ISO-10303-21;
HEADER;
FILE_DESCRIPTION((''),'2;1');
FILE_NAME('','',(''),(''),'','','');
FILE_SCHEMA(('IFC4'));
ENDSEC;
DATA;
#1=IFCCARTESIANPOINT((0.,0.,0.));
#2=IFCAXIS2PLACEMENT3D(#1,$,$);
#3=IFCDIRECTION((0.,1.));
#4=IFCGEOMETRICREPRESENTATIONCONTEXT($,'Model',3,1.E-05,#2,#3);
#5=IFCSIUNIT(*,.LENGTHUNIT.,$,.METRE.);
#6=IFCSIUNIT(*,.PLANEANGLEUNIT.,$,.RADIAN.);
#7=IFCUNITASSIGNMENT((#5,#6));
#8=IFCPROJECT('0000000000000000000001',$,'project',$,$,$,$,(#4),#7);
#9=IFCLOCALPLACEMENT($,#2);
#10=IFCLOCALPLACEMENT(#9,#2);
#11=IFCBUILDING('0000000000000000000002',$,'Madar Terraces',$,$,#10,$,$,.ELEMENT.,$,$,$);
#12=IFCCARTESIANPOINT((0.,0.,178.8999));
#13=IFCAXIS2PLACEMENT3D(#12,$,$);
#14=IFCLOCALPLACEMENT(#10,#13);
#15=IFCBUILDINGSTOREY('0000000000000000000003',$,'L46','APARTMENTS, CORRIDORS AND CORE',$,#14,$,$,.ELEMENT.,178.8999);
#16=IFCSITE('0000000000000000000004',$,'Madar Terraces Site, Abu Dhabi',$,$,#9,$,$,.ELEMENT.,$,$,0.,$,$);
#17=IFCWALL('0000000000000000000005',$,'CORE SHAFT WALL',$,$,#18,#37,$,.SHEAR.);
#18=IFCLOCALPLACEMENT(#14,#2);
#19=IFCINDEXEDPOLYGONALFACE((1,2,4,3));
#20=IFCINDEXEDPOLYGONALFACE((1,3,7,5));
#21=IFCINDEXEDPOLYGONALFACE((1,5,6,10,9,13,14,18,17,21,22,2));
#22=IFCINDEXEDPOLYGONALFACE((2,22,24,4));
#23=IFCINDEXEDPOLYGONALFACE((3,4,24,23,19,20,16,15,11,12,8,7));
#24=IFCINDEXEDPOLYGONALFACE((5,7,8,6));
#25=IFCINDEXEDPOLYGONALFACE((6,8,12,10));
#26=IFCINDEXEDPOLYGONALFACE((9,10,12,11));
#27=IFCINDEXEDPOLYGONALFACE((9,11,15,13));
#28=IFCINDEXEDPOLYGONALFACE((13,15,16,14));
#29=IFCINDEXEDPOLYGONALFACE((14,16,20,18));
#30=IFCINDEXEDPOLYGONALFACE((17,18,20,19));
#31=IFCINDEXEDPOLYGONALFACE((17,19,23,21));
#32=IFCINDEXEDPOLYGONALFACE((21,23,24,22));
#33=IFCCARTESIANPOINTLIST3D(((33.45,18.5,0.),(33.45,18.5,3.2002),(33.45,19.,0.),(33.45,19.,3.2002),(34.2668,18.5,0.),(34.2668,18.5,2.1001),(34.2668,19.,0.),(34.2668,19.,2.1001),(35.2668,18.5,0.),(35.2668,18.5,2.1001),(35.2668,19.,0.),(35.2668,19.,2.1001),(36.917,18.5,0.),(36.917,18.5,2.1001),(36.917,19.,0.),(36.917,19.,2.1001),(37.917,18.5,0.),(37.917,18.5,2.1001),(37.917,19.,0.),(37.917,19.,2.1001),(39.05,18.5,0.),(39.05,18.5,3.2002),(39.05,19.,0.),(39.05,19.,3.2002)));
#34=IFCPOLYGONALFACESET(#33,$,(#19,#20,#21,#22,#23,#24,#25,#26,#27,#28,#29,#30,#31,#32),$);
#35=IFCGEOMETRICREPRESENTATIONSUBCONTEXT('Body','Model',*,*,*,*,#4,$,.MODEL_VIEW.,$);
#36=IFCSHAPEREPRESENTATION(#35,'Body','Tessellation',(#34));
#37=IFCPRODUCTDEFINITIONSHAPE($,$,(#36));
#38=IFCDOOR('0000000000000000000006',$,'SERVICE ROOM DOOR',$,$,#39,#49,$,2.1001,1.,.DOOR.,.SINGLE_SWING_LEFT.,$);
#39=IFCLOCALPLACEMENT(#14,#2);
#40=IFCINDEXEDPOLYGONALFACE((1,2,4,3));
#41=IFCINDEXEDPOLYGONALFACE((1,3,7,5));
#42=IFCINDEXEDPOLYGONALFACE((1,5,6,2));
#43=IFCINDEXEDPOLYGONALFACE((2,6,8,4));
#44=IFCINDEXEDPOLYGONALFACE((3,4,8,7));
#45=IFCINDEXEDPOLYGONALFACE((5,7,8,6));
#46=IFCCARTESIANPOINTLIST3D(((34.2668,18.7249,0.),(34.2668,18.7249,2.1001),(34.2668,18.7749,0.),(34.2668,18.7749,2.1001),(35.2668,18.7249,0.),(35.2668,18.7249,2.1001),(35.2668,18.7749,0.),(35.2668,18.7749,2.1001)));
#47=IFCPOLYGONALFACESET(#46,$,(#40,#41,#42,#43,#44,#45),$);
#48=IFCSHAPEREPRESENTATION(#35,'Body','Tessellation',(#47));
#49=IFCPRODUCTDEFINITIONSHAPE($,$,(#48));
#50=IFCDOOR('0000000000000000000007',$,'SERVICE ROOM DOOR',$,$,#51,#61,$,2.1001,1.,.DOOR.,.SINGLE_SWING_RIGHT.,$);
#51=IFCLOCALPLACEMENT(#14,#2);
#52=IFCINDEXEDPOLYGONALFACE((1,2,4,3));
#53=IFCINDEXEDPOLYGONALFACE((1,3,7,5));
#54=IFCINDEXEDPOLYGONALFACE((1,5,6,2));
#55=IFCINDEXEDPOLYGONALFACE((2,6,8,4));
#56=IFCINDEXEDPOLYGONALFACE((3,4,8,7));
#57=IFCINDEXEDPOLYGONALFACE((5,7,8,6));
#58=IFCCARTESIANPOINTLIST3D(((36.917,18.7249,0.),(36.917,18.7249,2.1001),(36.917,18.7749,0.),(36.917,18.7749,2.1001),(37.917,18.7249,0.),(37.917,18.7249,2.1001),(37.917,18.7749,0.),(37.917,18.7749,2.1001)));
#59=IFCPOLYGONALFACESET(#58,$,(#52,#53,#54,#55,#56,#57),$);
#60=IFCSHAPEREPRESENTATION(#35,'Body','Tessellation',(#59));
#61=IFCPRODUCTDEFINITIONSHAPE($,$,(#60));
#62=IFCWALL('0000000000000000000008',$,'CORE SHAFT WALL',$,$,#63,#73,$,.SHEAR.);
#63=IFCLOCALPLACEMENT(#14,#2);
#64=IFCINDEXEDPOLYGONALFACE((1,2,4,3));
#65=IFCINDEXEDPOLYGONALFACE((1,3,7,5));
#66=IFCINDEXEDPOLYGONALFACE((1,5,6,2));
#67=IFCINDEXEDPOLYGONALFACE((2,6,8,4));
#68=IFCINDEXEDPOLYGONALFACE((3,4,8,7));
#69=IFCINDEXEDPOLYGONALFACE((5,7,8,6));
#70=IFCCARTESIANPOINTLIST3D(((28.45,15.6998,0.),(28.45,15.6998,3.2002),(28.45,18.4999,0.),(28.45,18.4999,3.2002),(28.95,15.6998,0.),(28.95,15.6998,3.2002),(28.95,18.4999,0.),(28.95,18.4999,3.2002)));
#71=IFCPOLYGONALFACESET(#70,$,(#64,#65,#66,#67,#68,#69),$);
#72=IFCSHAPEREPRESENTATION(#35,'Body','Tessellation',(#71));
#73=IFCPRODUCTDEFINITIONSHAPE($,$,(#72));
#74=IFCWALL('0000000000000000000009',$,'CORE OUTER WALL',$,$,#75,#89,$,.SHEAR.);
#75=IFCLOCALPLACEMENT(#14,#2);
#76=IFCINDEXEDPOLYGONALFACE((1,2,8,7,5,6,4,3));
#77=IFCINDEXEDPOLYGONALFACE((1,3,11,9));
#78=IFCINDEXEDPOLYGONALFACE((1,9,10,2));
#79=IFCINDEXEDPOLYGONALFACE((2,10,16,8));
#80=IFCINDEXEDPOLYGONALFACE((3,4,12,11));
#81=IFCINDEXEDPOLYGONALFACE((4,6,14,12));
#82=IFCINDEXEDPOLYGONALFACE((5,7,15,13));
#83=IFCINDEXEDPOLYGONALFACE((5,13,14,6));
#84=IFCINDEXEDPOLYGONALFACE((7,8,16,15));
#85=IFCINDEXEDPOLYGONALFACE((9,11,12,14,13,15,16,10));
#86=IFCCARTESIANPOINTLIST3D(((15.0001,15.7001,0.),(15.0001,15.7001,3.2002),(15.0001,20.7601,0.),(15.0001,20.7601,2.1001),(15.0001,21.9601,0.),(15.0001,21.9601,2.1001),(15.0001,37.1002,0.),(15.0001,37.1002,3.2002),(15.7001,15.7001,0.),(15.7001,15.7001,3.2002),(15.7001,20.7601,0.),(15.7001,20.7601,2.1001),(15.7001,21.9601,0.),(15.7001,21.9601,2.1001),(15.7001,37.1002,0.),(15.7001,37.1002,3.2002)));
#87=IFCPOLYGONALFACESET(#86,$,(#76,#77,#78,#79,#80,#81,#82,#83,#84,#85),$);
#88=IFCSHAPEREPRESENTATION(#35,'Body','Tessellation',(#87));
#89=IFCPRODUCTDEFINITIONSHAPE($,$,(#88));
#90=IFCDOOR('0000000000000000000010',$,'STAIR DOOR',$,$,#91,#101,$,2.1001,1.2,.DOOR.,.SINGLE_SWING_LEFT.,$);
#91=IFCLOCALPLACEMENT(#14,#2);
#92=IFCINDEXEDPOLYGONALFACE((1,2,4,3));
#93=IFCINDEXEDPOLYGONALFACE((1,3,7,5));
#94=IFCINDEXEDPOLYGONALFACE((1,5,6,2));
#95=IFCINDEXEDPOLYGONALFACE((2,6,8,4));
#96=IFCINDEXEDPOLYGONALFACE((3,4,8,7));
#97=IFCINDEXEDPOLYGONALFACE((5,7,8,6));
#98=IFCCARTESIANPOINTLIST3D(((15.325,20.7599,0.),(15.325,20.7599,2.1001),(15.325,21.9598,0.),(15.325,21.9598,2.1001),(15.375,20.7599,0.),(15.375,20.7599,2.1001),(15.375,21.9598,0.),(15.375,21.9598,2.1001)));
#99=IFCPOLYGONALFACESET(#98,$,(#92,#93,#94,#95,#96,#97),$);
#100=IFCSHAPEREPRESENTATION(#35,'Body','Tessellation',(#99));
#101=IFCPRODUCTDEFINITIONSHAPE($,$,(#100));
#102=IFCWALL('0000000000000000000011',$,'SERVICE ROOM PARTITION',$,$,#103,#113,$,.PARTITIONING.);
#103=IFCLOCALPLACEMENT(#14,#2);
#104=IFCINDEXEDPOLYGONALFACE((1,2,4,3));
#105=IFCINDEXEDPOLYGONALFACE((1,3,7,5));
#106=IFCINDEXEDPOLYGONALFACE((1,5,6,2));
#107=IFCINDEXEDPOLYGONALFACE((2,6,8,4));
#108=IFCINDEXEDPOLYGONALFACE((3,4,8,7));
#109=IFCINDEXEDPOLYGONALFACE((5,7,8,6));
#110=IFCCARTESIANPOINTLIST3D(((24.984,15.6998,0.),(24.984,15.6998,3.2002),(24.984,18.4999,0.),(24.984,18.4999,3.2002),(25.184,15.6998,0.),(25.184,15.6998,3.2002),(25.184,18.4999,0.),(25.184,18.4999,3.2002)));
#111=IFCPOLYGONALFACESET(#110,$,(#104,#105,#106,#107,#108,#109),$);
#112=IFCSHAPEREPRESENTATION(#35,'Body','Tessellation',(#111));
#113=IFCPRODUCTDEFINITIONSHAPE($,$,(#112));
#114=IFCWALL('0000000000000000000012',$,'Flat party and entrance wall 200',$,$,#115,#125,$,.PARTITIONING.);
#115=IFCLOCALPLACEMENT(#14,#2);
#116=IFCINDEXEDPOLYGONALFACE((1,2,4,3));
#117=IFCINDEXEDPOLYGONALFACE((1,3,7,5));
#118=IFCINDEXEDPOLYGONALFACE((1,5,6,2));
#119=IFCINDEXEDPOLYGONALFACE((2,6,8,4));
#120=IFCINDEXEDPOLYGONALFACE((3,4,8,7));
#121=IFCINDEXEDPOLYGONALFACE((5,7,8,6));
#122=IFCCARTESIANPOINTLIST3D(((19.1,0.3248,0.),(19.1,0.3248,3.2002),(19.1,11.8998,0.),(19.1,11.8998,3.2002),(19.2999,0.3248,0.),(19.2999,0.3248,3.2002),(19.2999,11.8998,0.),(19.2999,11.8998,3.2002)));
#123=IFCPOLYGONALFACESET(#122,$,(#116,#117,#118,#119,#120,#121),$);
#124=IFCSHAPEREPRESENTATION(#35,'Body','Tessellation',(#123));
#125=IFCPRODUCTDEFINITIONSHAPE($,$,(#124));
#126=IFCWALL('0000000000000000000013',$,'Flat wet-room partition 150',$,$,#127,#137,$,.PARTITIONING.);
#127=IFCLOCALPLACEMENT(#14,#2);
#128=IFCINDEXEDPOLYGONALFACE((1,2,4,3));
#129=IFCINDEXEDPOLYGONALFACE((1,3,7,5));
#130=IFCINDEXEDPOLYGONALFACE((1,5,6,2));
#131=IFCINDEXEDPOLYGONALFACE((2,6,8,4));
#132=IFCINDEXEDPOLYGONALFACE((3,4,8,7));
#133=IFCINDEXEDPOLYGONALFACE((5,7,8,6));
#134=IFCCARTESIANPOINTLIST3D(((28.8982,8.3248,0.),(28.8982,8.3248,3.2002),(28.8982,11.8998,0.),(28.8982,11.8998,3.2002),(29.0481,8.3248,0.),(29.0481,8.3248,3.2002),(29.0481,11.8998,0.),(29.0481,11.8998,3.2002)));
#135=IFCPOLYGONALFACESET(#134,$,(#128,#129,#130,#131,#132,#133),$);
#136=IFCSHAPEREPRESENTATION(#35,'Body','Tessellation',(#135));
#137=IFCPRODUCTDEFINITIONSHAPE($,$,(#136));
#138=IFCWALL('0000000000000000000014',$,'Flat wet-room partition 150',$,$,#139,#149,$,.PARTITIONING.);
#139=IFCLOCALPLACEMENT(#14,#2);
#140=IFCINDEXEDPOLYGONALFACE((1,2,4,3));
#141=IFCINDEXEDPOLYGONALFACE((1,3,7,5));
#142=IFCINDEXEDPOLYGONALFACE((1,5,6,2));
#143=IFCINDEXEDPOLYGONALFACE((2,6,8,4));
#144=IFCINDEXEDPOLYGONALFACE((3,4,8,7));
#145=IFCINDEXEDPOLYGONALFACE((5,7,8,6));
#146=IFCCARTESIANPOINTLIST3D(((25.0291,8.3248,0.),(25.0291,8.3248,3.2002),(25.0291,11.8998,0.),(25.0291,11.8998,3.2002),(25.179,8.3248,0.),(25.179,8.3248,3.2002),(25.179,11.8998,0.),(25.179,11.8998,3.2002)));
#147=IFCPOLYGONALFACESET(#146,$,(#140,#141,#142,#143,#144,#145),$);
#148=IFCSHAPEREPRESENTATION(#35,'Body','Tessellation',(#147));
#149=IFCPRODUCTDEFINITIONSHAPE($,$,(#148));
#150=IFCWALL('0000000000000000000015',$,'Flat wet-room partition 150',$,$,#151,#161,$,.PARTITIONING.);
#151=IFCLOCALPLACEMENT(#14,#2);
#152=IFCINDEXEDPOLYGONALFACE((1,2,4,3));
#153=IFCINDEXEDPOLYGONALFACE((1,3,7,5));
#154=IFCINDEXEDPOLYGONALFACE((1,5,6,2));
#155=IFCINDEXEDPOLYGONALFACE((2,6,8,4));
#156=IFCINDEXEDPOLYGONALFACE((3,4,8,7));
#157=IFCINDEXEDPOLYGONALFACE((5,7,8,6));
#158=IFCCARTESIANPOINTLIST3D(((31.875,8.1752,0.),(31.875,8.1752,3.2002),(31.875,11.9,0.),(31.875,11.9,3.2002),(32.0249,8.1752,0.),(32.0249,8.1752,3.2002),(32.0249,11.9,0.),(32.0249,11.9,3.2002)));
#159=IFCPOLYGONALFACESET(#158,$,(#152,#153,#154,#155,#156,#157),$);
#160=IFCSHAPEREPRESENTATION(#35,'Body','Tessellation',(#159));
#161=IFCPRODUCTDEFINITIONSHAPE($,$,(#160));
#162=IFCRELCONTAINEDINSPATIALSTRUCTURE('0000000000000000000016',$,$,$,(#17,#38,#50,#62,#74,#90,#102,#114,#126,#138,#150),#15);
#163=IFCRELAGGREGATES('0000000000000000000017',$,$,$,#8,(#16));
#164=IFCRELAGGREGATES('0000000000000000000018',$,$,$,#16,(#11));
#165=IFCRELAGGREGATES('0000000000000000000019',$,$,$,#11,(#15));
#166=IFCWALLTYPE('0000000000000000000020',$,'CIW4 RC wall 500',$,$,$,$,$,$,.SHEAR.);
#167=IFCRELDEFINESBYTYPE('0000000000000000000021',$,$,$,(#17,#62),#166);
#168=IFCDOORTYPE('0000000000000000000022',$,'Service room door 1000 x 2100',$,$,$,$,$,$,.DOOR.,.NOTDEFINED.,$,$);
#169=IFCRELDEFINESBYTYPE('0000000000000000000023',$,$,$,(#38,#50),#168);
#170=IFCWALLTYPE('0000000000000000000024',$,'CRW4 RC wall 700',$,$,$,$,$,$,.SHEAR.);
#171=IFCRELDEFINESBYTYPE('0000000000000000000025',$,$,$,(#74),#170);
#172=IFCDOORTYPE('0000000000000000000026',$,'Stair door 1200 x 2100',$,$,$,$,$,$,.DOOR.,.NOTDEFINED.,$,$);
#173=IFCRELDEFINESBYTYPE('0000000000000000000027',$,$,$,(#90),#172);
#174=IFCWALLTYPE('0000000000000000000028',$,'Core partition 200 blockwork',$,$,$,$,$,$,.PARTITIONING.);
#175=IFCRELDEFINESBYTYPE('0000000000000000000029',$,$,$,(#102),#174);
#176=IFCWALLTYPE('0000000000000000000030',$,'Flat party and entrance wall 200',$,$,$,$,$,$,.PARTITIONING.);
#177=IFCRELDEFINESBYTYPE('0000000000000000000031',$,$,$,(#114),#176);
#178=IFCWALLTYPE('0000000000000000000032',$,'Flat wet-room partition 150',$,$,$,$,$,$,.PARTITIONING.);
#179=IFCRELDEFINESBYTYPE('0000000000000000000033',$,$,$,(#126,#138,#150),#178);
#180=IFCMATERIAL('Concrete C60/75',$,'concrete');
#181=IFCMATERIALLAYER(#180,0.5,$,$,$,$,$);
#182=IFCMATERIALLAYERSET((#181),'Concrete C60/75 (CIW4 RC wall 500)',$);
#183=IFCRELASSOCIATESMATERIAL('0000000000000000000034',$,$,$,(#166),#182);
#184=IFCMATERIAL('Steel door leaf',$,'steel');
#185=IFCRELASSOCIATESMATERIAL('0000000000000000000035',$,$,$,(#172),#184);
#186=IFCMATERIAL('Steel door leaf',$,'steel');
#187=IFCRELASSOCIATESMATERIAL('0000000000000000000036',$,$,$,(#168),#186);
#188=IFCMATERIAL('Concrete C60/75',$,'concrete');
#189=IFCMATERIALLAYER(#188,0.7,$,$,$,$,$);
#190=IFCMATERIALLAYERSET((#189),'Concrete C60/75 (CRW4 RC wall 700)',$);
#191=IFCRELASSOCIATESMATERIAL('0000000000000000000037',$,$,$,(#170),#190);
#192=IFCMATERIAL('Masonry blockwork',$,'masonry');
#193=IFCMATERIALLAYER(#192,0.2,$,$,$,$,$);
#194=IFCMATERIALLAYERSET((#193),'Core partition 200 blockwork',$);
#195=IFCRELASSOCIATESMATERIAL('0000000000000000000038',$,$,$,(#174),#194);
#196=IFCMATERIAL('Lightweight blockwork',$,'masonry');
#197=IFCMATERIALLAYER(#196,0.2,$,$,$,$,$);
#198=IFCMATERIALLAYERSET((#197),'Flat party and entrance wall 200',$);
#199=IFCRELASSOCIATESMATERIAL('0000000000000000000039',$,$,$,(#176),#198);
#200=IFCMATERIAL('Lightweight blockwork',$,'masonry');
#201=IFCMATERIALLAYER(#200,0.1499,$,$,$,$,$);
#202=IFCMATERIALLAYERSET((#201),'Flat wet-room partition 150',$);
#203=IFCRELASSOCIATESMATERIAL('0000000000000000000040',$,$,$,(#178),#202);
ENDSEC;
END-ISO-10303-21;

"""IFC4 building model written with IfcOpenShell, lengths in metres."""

from ifc_helpers import new_model, si_unit, direction, frame, frame_2d, origin, place, context, subcontext, project, spatial, rectangle, extrude, material, layer, layer_set, type_object, element, fill, save


model = new_model("IFC4")

# Units and contexts
model_context = context("Model", 3, precision=1e-05, world=origin(), true_north=direction((0.0, 1.0)))
body_context = subcontext(model_context, "Body", "Model", "MODEL_VIEW")
ifc_project = project(units=[si_unit("LENGTHUNIT", "METRE"), si_unit("PLANEANGLEUNIT", "RADIAN")], contexts=[model_context])

# Site, building, storey
site_placement = place(None, origin())
site = spatial("IfcSite", under=ifc_project, at=site_placement, Name="Madar Terraces Site, Abu Dhabi", CompositionType="ELEMENT", RefElevation=0.0)
building_placement = place(site_placement, origin())
building = spatial("IfcBuilding", under=site, at=building_placement, Name="Madar Terraces", CompositionType="ELEMENT")
storey_placement = place(building_placement, frame((0.0, 0.0, 178.8999)))
storey = spatial("IfcBuildingStorey", under=building, at=storey_placement, Name="L46", Description="APARTMENTS, CORRIDORS AND CORE", CompositionType="ELEMENT", Elevation=178.8999)

# Shared definitions
ifc_material_1 = material(Name="Concrete C60/75", Category="concrete")
ifc_layer_1 = layer(ifc_material_1, 0.5)
ifc_layer_set_1 = layer_set([ifc_layer_1], Name="Concrete C60/75 (CIW4 RC wall 500)")
wall_type_1 = type_object("IfcWallType", Name="CIW4 RC wall 500", PredefinedType="SHEAR", material=ifc_layer_set_1)
ifc_material_2 = material(Name="Steel door leaf", Category="steel")
door_type_1 = type_object("IfcDoorType", Name="Stair door 1200 x 2100", OperationType="NOTDEFINED", PredefinedType="DOOR", material=ifc_material_2)

# Wall, openings, doors
ifc_material_3 = material(Name="Steel door leaf", Category="steel")
door_type_2 = type_object("IfcDoorType", Name="Service room door 1000 x 2100", OperationType="NOTDEFINED", PredefinedType="DOOR", material=ifc_material_3)
wall_1_placement = place(storey_placement, frame((33.45, 18.75, 0.0), z_axis=(0.0, 0.0, 1.0), x_axis=(1.0, 0.0, 0.0)))
wall_1 = element("IfcWall", 1, at=wall_1_placement, inside=storey, type_object=wall_type_1, Name="CORE SHAFT WALL", PredefinedType="SHEAR", context=body_context, shape_type="SweptSolid", body=[
    extrude(rectangle(XDim=5.6001, YDim=0.5, at=frame_2d((2.8, 0.0))), origin(), (0.0, 0.0, 1.0), 3.2002),
])
opening_1_placement = place(wall_1_placement, frame((0.8169, 0.0, 0.0)))
opening_1 = element("IfcOpeningElement", 2, at=opening_1_placement, cuts=wall_1, PredefinedType="OPENING", context=body_context, shape_type="SweptSolid", body=[
    extrude(rectangle(XDim=1.0, YDim=2.1001, at=frame_2d((0.5, 1.05))), frame((0.0, 0.26, 0.0), z_axis=(0.0, -1.0, 0.0), x_axis=(1.0, 0.0, 0.0)), (0.0, 0.0, 1.0), 0.52),
])
opening_2_placement = place(wall_1_placement, frame((3.467, 0.0, 0.0)))
opening_2 = element("IfcOpeningElement", 3, at=opening_2_placement, cuts=wall_1, PredefinedType="OPENING", context=body_context, shape_type="SweptSolid", body=[
    extrude(rectangle(XDim=1.0, YDim=2.1001, at=frame_2d((0.5, 1.05))), frame((0.0, 0.26, 0.0), z_axis=(0.0, -1.0, 0.0), x_axis=(1.0, 0.0, 0.0)), (0.0, 0.0, 1.0), 0.52),
])
door_1_placement = place(opening_1_placement, origin())
door_1 = element("IfcDoor", 4, at=door_1_placement, inside=storey, type_object=door_type_2, Name="SERVICE ROOM DOOR", OperationType="SINGLE_SWING_LEFT", OverallHeight=2.1001, OverallWidth=1.0, PredefinedType="DOOR", context=body_context, shape_type="SweptSolid", body=[
    extrude(rectangle(XDim=1.0, YDim=2.1001, at=frame_2d((0.5, 1.05))), frame((0.0, 0.0249, 0.0), z_axis=(0.0, -1.0, 0.0), x_axis=(1.0, 0.0, 0.0)), (0.0, 0.0, 1.0), 0.05),
])
fill(opening_1, door_1)
door_2_placement = place(opening_2_placement, origin())
door_2 = element("IfcDoor", 5, at=door_2_placement, inside=storey, type_object=door_type_2, Name="SERVICE ROOM DOOR", OperationType="SINGLE_SWING_RIGHT", OverallHeight=2.1001, OverallWidth=1.0, PredefinedType="DOOR", context=body_context, shape_type="SweptSolid", body=[
    extrude(rectangle(XDim=1.0, YDim=2.1001, at=frame_2d((0.5, 1.05))), frame((0.0, 0.0249, 0.0), z_axis=(0.0, -1.0, 0.0), x_axis=(1.0, 0.0, 0.0)), (0.0, 0.0, 1.0), 0.05),
])
fill(opening_2, door_2)

# Wall
wall_2_placement = place(storey_placement, frame((28.7, 15.7, 0.0), z_axis=(0.0, 0.0, 1.0), x_axis=(0.0, 1.0, 0.0)))
element("IfcWall", 6, at=wall_2_placement, inside=storey, type_object=wall_type_1, Name="CORE SHAFT WALL", PredefinedType="SHEAR", context=body_context, shape_type="SweptSolid", body=[
    extrude(rectangle(XDim=2.8, YDim=0.5, at=frame_2d((1.3999, 0.0))), origin(), (0.0, 0.0, 1.0), 3.2002),
])

# Wall, opening, door
ifc_material_4 = material(Name="Concrete C60/75", Category="concrete")
ifc_layer_2 = layer(ifc_material_4, 0.7)
ifc_layer_set_2 = layer_set([ifc_layer_2], Name="Concrete C60/75 (CRW4 RC wall 700)")
wall_type_2 = type_object("IfcWallType", Name="CRW4 RC wall 700", PredefinedType="SHEAR", material=ifc_layer_set_2)
wall_3_placement = place(storey_placement, frame((15.3501, 15.7, 0.0), z_axis=(0.0, 0.0, 1.0), x_axis=(0.0, 1.0, 0.0)))
wall_3 = element("IfcWall", 7, at=wall_3_placement, inside=storey, type_object=wall_type_2, Name="CORE OUTER WALL", PredefinedType="SHEAR", context=body_context, shape_type="SweptSolid", body=[
    extrude(rectangle(XDim=21.4001, YDim=0.7, at=frame_2d((10.7002, 0.0))), origin(), (0.0, 0.0, 1.0), 3.2002),
])
opening_3_placement = place(wall_3_placement, frame((5.0601, 0.0, 0.0)))
opening_3 = element("IfcOpeningElement", 8, at=opening_3_placement, cuts=wall_3, PredefinedType="OPENING", context=body_context, shape_type="SweptSolid", body=[
    extrude(rectangle(XDim=1.2, YDim=2.1001, at=frame_2d((0.6001, 1.05))), frame((0.0, 0.3599, 0.0), z_axis=(0.0, -1.0, 0.0), x_axis=(1.0, 0.0, 0.0)), (0.0, 0.0, 1.0), 0.72),
])
door_3_placement = place(opening_3_placement, frame((1.2, 0.0, 0.0), z_axis=(0.0, 0.0, 1.0), x_axis=(-1.0, 0.0, 0.0)))
door_3 = element("IfcDoor", 9, at=door_3_placement, inside=storey, type_object=door_type_1, Name="STAIR DOOR", OperationType="SINGLE_SWING_LEFT", OverallHeight=2.1001, OverallWidth=1.2, PredefinedType="DOOR", context=body_context, shape_type="SweptSolid", body=[
    extrude(rectangle(XDim=1.2, YDim=2.1001, at=frame_2d((0.6001, 1.05))), frame((0.0, 0.0249, 0.0), z_axis=(0.0, -1.0, 0.0), x_axis=(1.0, 0.0, 0.0)), (0.0, 0.0, 1.0), 0.05),
])
fill(opening_3, door_3)

# Walls
ifc_material_5 = material(Name="Masonry blockwork", Category="masonry")
ifc_layer_3 = layer(ifc_material_5, 0.2)
ifc_layer_set_3 = layer_set([ifc_layer_3], Name="Core partition 200 blockwork")
wall_type_3 = type_object("IfcWallType", Name="Core partition 200 blockwork", PredefinedType="PARTITIONING", material=ifc_layer_set_3)
wall_4_placement = place(storey_placement, frame((25.084, 15.7, 0.0), z_axis=(0.0, 0.0, 1.0), x_axis=(0.0, 1.0, 0.0)))
element("IfcWall", 10, at=wall_4_placement, inside=storey, type_object=wall_type_3, Name="SERVICE ROOM PARTITION", PredefinedType="PARTITIONING", context=body_context, shape_type="SweptSolid", body=[
    extrude(rectangle(XDim=2.8, YDim=0.2, at=frame_2d((1.3999, 0.0))), origin(), (0.0, 0.0, 1.0), 3.2002),
])
ifc_material_6 = material(Name="Lightweight blockwork", Category="masonry")
ifc_layer_4 = layer(ifc_material_6, 0.2)
ifc_layer_set_4 = layer_set([ifc_layer_4], Name="Flat party and entrance wall 200")
wall_type_4 = type_object("IfcWallType", Name="Flat party and entrance wall 200", PredefinedType="PARTITIONING", material=ifc_layer_set_4)
wall_5_placement = place(storey_placement, frame((19.2, 11.8999, 0.0), z_axis=(0.0, 0.0, 1.0), x_axis=(0.0, -1.0, 0.0)))
element("IfcWall", 11, at=wall_5_placement, inside=storey, type_object=wall_type_4, Name="Flat party and entrance wall 200", PredefinedType="PARTITIONING", context=body_context, shape_type="SweptSolid", body=[
    extrude(rectangle(XDim=11.575, YDim=0.2, at=frame_2d((5.7876, 0.0))), origin(), (0.0, 0.0, 1.0), 3.2002),
])
ifc_material_7 = material(Name="Lightweight blockwork", Category="masonry")
ifc_layer_5 = layer(ifc_material_7, 0.1499)
ifc_layer_set_5 = layer_set([ifc_layer_5], Name="Flat wet-room partition 150")
wall_type_5 = type_object("IfcWallType", Name="Flat wet-room partition 150", PredefinedType="PARTITIONING", material=ifc_layer_set_5)
for number, where, z_axis, x_axis, name in (
    (12, (28.9731, 11.8999, 0.0), (0.0, 0.0, 1.0), (0.0, -1.0, 0.0), "Flat wet-room partition 150"),
    (13, (25.104, 11.8999, 0.0), (0.0, 0.0, 1.0), (0.0, -1.0, 0.0), "Flat wet-room partition 150"),
):
    element("IfcWall", number, at=place(storey_placement, frame(where, z_axis=z_axis, x_axis=x_axis)), inside=storey, type_object=wall_type_5, Name=name, PredefinedType="PARTITIONING", context=body_context, shape_type="SweptSolid", body=[
        extrude(rectangle(XDim=3.575, YDim=0.1499, at=frame_2d((1.7876, 0.0))), origin(), (0.0, 0.0, 1.0), 3.2002),
    ])
wall_6_placement = place(storey_placement, frame((31.95, 11.8999, 0.0), z_axis=(0.0, 0.0, 1.0), x_axis=(0.0, -1.0, 0.0)))
element("IfcWall", 14, at=wall_6_placement, inside=storey, type_object=wall_type_5, Name="Flat wet-room partition 150", PredefinedType="PARTITIONING", context=body_context, shape_type="SweptSolid", body=[
    extrude(rectangle(XDim=3.7249, YDim=0.1499, at=frame_2d((1.8623, 0.0))), origin(), (0.0, 0.0, 1.0), 3.2002),
])

save(model, "model.ifc")
